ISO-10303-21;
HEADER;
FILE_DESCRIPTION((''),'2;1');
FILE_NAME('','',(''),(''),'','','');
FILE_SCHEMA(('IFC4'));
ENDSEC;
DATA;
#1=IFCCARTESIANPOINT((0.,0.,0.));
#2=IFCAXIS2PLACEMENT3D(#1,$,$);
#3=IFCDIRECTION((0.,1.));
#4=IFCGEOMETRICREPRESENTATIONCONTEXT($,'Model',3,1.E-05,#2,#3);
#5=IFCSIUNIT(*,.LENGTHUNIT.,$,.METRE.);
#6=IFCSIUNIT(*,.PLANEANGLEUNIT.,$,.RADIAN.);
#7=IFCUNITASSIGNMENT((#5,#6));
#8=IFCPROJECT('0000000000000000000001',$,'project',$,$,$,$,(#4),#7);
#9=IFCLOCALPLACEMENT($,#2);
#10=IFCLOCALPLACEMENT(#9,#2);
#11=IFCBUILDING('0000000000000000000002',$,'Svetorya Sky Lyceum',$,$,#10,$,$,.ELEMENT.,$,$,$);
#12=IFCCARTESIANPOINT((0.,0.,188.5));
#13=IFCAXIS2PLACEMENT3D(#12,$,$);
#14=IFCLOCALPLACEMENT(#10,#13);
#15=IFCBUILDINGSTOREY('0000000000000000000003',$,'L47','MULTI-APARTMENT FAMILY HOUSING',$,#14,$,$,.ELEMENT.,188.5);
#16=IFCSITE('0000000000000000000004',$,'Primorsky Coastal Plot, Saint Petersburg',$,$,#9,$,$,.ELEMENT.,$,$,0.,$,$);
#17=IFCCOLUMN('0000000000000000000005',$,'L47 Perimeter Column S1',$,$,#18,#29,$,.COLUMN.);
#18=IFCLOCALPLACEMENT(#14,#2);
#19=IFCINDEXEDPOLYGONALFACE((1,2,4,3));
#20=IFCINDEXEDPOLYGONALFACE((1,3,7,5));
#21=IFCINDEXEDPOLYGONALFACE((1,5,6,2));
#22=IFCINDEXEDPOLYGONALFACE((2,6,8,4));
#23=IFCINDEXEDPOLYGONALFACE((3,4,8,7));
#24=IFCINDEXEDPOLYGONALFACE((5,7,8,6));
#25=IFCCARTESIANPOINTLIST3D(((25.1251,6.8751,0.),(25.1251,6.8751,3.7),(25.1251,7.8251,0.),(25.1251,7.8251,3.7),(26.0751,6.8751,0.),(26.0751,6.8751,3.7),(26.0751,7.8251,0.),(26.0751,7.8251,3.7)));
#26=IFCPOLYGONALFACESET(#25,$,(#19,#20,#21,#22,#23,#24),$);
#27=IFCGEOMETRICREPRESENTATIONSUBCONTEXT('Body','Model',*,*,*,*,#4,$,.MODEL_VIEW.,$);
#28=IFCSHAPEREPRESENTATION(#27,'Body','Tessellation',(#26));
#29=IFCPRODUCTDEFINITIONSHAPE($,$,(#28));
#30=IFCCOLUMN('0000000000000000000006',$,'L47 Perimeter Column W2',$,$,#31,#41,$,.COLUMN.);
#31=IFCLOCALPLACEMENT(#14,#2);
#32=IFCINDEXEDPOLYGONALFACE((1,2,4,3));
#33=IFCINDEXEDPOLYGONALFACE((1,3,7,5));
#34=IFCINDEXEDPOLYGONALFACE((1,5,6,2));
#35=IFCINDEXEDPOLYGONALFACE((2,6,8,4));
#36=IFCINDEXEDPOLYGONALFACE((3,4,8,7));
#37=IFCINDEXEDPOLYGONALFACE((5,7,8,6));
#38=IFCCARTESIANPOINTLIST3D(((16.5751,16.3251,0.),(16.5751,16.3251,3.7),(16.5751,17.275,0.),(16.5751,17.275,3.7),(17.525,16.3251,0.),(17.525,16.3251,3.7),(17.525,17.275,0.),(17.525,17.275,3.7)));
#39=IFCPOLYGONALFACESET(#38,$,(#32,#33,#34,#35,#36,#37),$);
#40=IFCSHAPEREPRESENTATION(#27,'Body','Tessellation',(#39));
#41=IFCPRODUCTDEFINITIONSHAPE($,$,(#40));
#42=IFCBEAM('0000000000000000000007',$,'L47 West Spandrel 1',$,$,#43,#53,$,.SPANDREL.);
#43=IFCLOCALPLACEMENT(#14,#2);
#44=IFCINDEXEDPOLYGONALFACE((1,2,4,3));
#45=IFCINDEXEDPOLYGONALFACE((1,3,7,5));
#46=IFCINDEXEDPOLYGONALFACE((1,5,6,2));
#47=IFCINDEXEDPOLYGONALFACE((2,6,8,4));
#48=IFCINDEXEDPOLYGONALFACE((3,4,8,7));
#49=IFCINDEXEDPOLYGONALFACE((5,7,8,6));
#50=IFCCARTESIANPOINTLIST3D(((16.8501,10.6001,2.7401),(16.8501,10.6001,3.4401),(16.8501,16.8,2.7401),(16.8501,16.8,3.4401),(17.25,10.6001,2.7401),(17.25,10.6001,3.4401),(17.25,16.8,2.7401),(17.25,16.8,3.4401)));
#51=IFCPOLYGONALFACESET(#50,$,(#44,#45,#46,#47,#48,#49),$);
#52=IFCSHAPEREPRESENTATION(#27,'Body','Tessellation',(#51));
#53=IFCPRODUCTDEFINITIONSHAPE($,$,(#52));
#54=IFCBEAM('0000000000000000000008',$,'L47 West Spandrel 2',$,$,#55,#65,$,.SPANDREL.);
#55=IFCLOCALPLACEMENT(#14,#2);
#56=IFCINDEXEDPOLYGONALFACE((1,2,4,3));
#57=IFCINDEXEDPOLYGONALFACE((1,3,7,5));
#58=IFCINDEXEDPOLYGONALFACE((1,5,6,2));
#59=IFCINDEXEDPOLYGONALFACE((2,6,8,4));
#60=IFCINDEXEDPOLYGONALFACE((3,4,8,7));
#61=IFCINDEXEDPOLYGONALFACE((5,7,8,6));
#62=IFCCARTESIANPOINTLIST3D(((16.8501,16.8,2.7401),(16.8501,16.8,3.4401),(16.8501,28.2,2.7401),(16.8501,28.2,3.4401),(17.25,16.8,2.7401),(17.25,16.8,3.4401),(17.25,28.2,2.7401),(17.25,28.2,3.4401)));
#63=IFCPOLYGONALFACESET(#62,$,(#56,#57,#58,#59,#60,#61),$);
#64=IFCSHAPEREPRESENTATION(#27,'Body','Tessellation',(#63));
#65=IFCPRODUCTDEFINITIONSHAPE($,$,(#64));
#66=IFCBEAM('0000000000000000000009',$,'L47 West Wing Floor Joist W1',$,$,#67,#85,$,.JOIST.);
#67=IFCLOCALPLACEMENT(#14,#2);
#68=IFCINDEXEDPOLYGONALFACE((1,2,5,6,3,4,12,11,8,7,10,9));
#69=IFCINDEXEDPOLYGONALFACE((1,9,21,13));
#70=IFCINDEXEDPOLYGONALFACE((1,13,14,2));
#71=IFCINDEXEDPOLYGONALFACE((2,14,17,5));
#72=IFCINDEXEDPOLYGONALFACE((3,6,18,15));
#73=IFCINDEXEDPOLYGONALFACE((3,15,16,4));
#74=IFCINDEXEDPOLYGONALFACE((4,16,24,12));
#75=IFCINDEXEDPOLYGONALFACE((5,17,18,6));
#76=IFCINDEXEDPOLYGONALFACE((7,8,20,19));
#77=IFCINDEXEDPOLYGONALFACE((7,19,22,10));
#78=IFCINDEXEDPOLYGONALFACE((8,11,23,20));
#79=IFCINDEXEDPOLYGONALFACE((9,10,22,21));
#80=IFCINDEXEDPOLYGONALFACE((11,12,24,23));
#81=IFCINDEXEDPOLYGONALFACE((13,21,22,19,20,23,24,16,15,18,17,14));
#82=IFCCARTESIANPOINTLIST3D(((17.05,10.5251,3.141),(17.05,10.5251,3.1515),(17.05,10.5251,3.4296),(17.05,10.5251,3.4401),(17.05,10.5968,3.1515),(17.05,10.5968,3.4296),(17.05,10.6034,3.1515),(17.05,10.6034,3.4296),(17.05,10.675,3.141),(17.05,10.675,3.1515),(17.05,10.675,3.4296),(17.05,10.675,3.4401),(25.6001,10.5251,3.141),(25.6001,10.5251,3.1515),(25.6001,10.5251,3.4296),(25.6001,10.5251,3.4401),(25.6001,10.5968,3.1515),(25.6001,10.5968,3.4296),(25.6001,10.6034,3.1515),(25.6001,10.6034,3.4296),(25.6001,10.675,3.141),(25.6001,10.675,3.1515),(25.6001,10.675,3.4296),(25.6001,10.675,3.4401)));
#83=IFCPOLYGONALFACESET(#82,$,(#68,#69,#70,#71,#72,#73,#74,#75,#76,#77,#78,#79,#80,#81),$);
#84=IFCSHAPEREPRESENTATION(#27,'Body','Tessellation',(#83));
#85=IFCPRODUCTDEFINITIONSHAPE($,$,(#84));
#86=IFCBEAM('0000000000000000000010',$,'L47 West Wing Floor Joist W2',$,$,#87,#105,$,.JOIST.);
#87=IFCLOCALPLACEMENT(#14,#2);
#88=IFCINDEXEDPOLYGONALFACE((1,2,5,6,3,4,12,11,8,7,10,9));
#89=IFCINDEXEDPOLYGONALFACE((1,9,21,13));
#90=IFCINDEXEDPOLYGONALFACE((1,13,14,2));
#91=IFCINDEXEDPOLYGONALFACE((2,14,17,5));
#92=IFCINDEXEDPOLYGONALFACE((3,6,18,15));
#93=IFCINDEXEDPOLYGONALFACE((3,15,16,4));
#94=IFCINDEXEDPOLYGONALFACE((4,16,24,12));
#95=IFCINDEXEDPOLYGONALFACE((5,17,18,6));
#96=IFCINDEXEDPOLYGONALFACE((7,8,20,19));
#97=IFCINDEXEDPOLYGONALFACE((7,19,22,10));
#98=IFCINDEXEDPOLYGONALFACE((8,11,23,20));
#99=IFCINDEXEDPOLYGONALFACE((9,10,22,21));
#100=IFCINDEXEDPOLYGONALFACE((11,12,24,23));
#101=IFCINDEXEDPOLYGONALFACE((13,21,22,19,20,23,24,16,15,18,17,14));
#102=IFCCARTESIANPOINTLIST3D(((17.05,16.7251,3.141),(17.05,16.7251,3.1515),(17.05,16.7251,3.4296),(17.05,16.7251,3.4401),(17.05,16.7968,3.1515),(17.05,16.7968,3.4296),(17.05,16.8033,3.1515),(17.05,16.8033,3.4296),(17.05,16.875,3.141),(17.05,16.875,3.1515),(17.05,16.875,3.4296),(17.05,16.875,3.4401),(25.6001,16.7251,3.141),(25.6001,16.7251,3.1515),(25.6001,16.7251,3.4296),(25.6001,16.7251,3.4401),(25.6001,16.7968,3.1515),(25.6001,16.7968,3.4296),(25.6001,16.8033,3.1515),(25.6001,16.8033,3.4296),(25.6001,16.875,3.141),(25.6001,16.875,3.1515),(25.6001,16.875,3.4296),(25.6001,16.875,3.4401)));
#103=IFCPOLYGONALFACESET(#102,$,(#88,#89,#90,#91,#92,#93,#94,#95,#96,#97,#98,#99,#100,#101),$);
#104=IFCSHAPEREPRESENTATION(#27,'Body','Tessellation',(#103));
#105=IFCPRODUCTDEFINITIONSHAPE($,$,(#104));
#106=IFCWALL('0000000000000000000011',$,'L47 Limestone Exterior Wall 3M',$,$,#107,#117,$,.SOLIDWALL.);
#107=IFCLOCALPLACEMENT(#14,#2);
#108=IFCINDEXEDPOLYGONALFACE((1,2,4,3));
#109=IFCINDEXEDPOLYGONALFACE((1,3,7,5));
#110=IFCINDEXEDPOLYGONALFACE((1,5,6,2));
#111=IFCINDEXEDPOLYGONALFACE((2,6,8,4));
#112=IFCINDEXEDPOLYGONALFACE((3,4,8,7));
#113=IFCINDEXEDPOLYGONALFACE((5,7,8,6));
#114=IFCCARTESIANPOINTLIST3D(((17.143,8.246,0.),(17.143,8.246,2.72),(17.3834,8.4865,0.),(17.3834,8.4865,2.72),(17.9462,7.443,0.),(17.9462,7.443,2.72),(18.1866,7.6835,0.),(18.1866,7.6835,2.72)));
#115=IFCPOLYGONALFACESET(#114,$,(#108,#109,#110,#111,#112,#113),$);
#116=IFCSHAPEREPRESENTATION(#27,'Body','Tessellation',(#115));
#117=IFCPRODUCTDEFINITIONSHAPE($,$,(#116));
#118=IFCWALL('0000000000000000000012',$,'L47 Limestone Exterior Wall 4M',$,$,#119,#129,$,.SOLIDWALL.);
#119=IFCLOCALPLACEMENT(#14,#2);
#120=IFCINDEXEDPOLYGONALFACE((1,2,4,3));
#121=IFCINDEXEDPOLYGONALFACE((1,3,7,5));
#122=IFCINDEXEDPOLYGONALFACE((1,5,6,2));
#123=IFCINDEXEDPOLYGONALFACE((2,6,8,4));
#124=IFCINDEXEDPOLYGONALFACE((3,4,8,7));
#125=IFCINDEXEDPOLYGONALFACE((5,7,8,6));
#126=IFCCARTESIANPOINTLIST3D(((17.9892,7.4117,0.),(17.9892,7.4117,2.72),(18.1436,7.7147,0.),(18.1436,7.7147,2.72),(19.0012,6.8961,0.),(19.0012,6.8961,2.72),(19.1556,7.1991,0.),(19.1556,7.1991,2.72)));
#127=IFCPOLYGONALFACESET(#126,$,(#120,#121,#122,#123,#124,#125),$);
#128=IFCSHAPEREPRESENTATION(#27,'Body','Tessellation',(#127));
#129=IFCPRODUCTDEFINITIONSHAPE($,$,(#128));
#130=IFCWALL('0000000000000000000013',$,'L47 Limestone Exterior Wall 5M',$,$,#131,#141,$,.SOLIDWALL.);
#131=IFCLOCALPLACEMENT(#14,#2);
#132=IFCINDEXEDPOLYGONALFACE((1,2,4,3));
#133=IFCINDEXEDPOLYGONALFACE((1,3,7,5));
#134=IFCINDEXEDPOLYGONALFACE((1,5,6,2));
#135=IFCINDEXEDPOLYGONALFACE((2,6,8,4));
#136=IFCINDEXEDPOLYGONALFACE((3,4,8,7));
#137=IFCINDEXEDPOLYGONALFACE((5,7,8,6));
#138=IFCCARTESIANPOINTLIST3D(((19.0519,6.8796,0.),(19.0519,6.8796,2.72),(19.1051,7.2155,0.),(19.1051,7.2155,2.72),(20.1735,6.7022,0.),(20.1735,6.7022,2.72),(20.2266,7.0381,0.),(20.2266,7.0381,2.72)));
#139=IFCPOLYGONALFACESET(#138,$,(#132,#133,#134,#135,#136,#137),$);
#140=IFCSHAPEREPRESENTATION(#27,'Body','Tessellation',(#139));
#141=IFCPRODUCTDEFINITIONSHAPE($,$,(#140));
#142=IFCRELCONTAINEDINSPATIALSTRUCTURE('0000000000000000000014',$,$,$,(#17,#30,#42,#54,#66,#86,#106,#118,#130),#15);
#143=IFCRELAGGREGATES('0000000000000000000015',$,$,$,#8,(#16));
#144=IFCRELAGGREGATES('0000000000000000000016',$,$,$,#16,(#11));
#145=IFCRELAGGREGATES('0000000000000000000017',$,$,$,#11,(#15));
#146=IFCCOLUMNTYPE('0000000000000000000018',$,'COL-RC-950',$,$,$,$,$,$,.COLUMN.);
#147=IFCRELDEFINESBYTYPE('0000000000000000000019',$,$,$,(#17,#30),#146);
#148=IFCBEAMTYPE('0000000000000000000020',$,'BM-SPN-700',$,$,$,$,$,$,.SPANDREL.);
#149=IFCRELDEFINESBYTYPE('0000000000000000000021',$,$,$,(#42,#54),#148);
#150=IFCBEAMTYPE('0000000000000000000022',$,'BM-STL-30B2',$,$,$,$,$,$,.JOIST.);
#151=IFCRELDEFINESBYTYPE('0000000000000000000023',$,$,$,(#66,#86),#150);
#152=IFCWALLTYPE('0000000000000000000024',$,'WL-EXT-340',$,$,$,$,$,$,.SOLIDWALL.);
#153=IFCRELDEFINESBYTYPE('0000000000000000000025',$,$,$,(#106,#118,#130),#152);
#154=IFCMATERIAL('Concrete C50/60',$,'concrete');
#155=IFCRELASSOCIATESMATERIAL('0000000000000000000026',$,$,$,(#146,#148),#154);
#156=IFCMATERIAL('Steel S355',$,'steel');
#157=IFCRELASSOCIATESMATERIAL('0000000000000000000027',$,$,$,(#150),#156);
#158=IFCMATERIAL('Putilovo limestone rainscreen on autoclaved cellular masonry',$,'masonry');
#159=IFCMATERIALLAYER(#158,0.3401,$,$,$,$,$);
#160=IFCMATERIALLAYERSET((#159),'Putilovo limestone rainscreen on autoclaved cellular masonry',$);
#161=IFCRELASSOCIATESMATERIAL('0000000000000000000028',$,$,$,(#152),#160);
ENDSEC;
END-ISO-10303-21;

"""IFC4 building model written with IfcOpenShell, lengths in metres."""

from ifc_helpers import new_model, si_unit, direction, frame, frame_2d, origin, origin_2d, place, context, subcontext, project, spatial, rectangle, i_section, extrude, material, layer, layer_set, material_profile, profile_set, type_object, element, save


model = new_model("IFC4")

# Units and contexts
model_context = context("Model", 3, precision=1e-05, world=origin(), true_north=direction((0.0, 1.0)))
body_context = subcontext(model_context, "Body", "Model", "MODEL_VIEW")
ifc_project = project(units=[si_unit("LENGTHUNIT", "METRE"), si_unit("PLANEANGLEUNIT", "RADIAN")], contexts=[model_context])

# Site, building, storey
site_placement = place(None, origin())
site = spatial("IfcSite", under=ifc_project, at=site_placement, Name="Primorsky Coastal Plot, Saint Petersburg", CompositionType="ELEMENT", RefElevation=0.0)
building_placement = place(site_placement, origin())
building = spatial("IfcBuilding", under=site, at=building_placement, Name="Svetorya Sky Lyceum", CompositionType="ELEMENT")
storey_placement = place(building_placement, frame((0.0, 0.0, 188.5)))
storey = spatial("IfcBuildingStorey", under=building, at=storey_placement, Name="L47", Description="MULTI-APARTMENT FAMILY HOUSING", CompositionType="ELEMENT", Elevation=188.5)

# Columns
ifc_material_1 = material(Name="Concrete C50/60", Category="concrete")
ifc_material_profile_1 = material_profile(ifc_material_1, rectangle(XDim=0.95, YDim=0.95, at=origin_2d()), Name="RC COL 950x950")
ifc_profile_set_1 = profile_set([ifc_material_profile_1], Name="Concrete C50/60")
column_type = type_object("IfcColumnType", Name="COL-RC-950", PredefinedType="COLUMN", material=ifc_profile_set_1)
for number, where, z_axis, x_axis, name in (
    (1, (25.6001, 7.3501, 0.0), (0.0, 0.0, 1.0), (1.0, 0.0, 0.0), "L47 Perimeter Column S1"),
    (2, (17.05, 16.8, 0.0), (0.0, 0.0, 1.0), (1.0, 0.0, 0.0), "L47 Perimeter Column W2"),
):
    element("IfcColumn", number, at=place(storey_placement, frame(where, z_axis=z_axis, x_axis=x_axis)), inside=storey, type_object=column_type, Name=name, PredefinedType="COLUMN", context=body_context, shape_type="SweptSolid", body=[
        extrude(rectangle(XDim=0.95, YDim=0.95, at=origin_2d()), origin(), (0.0, 0.0, 1.0), 3.7),
    ])

# Beams
ifc_material_profile_2 = material_profile(ifc_material_1, rectangle(XDim=0.3999, YDim=0.7, at=origin_2d()), Name="RC SPANDREL 400x700")
ifc_profile_set_2 = profile_set([ifc_material_profile_2], Name="Concrete C50/60")
beam_type_1 = type_object("IfcBeamType", Name="BM-SPN-700", PredefinedType="SPANDREL", material=ifc_profile_set_2)
beam_1_placement = place(storey_placement, frame((17.05, 10.6001, 3.0901), z_axis=(0.0, 1.0, 0.0), x_axis=(-1.0, 0.0, 0.0)))
element("IfcBeam", 3, at=beam_1_placement, inside=storey, type_object=beam_type_1, Name="L47 West Spandrel 1", PredefinedType="SPANDREL", context=body_context, shape_type="SweptSolid", body=[
    extrude(rectangle(XDim=0.3999, YDim=0.7, at=origin_2d()), origin(), (0.0, 0.0, 1.0), 6.2),
])
beam_2_placement = place(storey_placement, frame((17.05, 16.8, 3.0901), z_axis=(0.0, 1.0, 0.0), x_axis=(-1.0, 0.0, 0.0)))
element("IfcBeam", 4, at=beam_2_placement, inside=storey, type_object=beam_type_1, Name="L47 West Spandrel 2", PredefinedType="SPANDREL", context=body_context, shape_type="SweptSolid", body=[
    extrude(rectangle(XDim=0.3999, YDim=0.7, at=origin_2d()), origin(), (0.0, 0.0, 1.0), 11.3999),
])
ifc_material_2 = material(Name="Steel S355", Category="steel")
ifc_material_profile_3 = material_profile(ifc_material_2, i_section(OverallWidth=0.1499, OverallDepth=0.2991, WebThickness=0.0066, FlangeThickness=0.0105, at=origin_2d()), Name="GOST 30B2")
ifc_profile_set_3 = profile_set([ifc_material_profile_3], Name="Steel S355")
beam_type_2 = type_object("IfcBeamType", Name="BM-STL-30B2", PredefinedType="JOIST", material=ifc_profile_set_3)
for number, where, z_axis, x_axis, name in (
    (5, (17.05, 10.6001, 3.2905), (1.0, 0.0, 0.0), (0.0, 1.0, 0.0), "L47 West Wing Floor Joist W1"),
    (6, (17.05, 16.8, 3.2905), (1.0, 0.0, 0.0), (0.0, 1.0, 0.0), "L47 West Wing Floor Joist W2"),
):
    element("IfcBeam", number, at=place(storey_placement, frame(where, z_axis=z_axis, x_axis=x_axis)), inside=storey, type_object=beam_type_2, Name=name, PredefinedType="JOIST", context=body_context, shape_type="SweptSolid", body=[
        extrude(i_section(OverallWidth=0.1499, OverallDepth=0.2991, WebThickness=0.0066, FlangeThickness=0.0105, at=origin_2d()), origin(), (0.0, 0.0, 1.0), 8.55),
    ])

# Walls
ifc_material_3 = material(Name="Putilovo limestone rainscreen on autoclaved cellular masonry", Category="masonry")
ifc_layer_1 = layer(ifc_material_3, 0.3401)
ifc_layer_set_1 = layer_set([ifc_layer_1], Name="Putilovo limestone rainscreen on autoclaved cellular masonry")
wall_type_1 = type_object("IfcWallType", Name="WL-EXT-340", PredefinedType="SOLIDWALL", material=ifc_layer_set_1)
for number, where, z_axis, x_axis, name in (
    (7, (17.2632, 8.3662, 0.0), (0.0, 0.0, 1.0), (0.707214, -0.706999, 0.0), "L47 Limestone Exterior Wall 3M"),
    (8, (18.0664, 7.5632, 0.0), (0.0, 0.0, 1.0), (0.891005, -0.453993, 0.0), "L47 Limestone Exterior Wall 4M"),
):
    element("IfcWall", number, at=place(storey_placement, frame(where, z_axis=z_axis, x_axis=x_axis)), inside=storey, type_object=wall_type_1, Name=name, PredefinedType="SOLIDWALL", context=body_context, shape_type="SweptSolid", body=[
        extrude(rectangle(XDim=1.1357, YDim=0.3401, at=frame_2d((0.5679, 0.0))), origin(), (0.0, 0.0, 1.0), 2.72),
    ])
wall_1_placement = place(storey_placement, frame((19.0784, 7.0476, 0.0), z_axis=(0.0, 0.0, 1.0), x_axis=(0.987709, -0.156305, 0.0)))
element("IfcWall", 9, at=wall_1_placement, inside=storey, type_object=wall_type_1, Name="L47 Limestone Exterior Wall 5M", PredefinedType="SOLIDWALL", context=body_context, shape_type="SweptSolid", body=[
    extrude(rectangle(XDim=1.1355, YDim=0.3401, at=frame_2d((0.5679, 0.0))), origin(), (0.0, 0.0, 1.0), 2.72),
])

save(model, "model.ifc")
